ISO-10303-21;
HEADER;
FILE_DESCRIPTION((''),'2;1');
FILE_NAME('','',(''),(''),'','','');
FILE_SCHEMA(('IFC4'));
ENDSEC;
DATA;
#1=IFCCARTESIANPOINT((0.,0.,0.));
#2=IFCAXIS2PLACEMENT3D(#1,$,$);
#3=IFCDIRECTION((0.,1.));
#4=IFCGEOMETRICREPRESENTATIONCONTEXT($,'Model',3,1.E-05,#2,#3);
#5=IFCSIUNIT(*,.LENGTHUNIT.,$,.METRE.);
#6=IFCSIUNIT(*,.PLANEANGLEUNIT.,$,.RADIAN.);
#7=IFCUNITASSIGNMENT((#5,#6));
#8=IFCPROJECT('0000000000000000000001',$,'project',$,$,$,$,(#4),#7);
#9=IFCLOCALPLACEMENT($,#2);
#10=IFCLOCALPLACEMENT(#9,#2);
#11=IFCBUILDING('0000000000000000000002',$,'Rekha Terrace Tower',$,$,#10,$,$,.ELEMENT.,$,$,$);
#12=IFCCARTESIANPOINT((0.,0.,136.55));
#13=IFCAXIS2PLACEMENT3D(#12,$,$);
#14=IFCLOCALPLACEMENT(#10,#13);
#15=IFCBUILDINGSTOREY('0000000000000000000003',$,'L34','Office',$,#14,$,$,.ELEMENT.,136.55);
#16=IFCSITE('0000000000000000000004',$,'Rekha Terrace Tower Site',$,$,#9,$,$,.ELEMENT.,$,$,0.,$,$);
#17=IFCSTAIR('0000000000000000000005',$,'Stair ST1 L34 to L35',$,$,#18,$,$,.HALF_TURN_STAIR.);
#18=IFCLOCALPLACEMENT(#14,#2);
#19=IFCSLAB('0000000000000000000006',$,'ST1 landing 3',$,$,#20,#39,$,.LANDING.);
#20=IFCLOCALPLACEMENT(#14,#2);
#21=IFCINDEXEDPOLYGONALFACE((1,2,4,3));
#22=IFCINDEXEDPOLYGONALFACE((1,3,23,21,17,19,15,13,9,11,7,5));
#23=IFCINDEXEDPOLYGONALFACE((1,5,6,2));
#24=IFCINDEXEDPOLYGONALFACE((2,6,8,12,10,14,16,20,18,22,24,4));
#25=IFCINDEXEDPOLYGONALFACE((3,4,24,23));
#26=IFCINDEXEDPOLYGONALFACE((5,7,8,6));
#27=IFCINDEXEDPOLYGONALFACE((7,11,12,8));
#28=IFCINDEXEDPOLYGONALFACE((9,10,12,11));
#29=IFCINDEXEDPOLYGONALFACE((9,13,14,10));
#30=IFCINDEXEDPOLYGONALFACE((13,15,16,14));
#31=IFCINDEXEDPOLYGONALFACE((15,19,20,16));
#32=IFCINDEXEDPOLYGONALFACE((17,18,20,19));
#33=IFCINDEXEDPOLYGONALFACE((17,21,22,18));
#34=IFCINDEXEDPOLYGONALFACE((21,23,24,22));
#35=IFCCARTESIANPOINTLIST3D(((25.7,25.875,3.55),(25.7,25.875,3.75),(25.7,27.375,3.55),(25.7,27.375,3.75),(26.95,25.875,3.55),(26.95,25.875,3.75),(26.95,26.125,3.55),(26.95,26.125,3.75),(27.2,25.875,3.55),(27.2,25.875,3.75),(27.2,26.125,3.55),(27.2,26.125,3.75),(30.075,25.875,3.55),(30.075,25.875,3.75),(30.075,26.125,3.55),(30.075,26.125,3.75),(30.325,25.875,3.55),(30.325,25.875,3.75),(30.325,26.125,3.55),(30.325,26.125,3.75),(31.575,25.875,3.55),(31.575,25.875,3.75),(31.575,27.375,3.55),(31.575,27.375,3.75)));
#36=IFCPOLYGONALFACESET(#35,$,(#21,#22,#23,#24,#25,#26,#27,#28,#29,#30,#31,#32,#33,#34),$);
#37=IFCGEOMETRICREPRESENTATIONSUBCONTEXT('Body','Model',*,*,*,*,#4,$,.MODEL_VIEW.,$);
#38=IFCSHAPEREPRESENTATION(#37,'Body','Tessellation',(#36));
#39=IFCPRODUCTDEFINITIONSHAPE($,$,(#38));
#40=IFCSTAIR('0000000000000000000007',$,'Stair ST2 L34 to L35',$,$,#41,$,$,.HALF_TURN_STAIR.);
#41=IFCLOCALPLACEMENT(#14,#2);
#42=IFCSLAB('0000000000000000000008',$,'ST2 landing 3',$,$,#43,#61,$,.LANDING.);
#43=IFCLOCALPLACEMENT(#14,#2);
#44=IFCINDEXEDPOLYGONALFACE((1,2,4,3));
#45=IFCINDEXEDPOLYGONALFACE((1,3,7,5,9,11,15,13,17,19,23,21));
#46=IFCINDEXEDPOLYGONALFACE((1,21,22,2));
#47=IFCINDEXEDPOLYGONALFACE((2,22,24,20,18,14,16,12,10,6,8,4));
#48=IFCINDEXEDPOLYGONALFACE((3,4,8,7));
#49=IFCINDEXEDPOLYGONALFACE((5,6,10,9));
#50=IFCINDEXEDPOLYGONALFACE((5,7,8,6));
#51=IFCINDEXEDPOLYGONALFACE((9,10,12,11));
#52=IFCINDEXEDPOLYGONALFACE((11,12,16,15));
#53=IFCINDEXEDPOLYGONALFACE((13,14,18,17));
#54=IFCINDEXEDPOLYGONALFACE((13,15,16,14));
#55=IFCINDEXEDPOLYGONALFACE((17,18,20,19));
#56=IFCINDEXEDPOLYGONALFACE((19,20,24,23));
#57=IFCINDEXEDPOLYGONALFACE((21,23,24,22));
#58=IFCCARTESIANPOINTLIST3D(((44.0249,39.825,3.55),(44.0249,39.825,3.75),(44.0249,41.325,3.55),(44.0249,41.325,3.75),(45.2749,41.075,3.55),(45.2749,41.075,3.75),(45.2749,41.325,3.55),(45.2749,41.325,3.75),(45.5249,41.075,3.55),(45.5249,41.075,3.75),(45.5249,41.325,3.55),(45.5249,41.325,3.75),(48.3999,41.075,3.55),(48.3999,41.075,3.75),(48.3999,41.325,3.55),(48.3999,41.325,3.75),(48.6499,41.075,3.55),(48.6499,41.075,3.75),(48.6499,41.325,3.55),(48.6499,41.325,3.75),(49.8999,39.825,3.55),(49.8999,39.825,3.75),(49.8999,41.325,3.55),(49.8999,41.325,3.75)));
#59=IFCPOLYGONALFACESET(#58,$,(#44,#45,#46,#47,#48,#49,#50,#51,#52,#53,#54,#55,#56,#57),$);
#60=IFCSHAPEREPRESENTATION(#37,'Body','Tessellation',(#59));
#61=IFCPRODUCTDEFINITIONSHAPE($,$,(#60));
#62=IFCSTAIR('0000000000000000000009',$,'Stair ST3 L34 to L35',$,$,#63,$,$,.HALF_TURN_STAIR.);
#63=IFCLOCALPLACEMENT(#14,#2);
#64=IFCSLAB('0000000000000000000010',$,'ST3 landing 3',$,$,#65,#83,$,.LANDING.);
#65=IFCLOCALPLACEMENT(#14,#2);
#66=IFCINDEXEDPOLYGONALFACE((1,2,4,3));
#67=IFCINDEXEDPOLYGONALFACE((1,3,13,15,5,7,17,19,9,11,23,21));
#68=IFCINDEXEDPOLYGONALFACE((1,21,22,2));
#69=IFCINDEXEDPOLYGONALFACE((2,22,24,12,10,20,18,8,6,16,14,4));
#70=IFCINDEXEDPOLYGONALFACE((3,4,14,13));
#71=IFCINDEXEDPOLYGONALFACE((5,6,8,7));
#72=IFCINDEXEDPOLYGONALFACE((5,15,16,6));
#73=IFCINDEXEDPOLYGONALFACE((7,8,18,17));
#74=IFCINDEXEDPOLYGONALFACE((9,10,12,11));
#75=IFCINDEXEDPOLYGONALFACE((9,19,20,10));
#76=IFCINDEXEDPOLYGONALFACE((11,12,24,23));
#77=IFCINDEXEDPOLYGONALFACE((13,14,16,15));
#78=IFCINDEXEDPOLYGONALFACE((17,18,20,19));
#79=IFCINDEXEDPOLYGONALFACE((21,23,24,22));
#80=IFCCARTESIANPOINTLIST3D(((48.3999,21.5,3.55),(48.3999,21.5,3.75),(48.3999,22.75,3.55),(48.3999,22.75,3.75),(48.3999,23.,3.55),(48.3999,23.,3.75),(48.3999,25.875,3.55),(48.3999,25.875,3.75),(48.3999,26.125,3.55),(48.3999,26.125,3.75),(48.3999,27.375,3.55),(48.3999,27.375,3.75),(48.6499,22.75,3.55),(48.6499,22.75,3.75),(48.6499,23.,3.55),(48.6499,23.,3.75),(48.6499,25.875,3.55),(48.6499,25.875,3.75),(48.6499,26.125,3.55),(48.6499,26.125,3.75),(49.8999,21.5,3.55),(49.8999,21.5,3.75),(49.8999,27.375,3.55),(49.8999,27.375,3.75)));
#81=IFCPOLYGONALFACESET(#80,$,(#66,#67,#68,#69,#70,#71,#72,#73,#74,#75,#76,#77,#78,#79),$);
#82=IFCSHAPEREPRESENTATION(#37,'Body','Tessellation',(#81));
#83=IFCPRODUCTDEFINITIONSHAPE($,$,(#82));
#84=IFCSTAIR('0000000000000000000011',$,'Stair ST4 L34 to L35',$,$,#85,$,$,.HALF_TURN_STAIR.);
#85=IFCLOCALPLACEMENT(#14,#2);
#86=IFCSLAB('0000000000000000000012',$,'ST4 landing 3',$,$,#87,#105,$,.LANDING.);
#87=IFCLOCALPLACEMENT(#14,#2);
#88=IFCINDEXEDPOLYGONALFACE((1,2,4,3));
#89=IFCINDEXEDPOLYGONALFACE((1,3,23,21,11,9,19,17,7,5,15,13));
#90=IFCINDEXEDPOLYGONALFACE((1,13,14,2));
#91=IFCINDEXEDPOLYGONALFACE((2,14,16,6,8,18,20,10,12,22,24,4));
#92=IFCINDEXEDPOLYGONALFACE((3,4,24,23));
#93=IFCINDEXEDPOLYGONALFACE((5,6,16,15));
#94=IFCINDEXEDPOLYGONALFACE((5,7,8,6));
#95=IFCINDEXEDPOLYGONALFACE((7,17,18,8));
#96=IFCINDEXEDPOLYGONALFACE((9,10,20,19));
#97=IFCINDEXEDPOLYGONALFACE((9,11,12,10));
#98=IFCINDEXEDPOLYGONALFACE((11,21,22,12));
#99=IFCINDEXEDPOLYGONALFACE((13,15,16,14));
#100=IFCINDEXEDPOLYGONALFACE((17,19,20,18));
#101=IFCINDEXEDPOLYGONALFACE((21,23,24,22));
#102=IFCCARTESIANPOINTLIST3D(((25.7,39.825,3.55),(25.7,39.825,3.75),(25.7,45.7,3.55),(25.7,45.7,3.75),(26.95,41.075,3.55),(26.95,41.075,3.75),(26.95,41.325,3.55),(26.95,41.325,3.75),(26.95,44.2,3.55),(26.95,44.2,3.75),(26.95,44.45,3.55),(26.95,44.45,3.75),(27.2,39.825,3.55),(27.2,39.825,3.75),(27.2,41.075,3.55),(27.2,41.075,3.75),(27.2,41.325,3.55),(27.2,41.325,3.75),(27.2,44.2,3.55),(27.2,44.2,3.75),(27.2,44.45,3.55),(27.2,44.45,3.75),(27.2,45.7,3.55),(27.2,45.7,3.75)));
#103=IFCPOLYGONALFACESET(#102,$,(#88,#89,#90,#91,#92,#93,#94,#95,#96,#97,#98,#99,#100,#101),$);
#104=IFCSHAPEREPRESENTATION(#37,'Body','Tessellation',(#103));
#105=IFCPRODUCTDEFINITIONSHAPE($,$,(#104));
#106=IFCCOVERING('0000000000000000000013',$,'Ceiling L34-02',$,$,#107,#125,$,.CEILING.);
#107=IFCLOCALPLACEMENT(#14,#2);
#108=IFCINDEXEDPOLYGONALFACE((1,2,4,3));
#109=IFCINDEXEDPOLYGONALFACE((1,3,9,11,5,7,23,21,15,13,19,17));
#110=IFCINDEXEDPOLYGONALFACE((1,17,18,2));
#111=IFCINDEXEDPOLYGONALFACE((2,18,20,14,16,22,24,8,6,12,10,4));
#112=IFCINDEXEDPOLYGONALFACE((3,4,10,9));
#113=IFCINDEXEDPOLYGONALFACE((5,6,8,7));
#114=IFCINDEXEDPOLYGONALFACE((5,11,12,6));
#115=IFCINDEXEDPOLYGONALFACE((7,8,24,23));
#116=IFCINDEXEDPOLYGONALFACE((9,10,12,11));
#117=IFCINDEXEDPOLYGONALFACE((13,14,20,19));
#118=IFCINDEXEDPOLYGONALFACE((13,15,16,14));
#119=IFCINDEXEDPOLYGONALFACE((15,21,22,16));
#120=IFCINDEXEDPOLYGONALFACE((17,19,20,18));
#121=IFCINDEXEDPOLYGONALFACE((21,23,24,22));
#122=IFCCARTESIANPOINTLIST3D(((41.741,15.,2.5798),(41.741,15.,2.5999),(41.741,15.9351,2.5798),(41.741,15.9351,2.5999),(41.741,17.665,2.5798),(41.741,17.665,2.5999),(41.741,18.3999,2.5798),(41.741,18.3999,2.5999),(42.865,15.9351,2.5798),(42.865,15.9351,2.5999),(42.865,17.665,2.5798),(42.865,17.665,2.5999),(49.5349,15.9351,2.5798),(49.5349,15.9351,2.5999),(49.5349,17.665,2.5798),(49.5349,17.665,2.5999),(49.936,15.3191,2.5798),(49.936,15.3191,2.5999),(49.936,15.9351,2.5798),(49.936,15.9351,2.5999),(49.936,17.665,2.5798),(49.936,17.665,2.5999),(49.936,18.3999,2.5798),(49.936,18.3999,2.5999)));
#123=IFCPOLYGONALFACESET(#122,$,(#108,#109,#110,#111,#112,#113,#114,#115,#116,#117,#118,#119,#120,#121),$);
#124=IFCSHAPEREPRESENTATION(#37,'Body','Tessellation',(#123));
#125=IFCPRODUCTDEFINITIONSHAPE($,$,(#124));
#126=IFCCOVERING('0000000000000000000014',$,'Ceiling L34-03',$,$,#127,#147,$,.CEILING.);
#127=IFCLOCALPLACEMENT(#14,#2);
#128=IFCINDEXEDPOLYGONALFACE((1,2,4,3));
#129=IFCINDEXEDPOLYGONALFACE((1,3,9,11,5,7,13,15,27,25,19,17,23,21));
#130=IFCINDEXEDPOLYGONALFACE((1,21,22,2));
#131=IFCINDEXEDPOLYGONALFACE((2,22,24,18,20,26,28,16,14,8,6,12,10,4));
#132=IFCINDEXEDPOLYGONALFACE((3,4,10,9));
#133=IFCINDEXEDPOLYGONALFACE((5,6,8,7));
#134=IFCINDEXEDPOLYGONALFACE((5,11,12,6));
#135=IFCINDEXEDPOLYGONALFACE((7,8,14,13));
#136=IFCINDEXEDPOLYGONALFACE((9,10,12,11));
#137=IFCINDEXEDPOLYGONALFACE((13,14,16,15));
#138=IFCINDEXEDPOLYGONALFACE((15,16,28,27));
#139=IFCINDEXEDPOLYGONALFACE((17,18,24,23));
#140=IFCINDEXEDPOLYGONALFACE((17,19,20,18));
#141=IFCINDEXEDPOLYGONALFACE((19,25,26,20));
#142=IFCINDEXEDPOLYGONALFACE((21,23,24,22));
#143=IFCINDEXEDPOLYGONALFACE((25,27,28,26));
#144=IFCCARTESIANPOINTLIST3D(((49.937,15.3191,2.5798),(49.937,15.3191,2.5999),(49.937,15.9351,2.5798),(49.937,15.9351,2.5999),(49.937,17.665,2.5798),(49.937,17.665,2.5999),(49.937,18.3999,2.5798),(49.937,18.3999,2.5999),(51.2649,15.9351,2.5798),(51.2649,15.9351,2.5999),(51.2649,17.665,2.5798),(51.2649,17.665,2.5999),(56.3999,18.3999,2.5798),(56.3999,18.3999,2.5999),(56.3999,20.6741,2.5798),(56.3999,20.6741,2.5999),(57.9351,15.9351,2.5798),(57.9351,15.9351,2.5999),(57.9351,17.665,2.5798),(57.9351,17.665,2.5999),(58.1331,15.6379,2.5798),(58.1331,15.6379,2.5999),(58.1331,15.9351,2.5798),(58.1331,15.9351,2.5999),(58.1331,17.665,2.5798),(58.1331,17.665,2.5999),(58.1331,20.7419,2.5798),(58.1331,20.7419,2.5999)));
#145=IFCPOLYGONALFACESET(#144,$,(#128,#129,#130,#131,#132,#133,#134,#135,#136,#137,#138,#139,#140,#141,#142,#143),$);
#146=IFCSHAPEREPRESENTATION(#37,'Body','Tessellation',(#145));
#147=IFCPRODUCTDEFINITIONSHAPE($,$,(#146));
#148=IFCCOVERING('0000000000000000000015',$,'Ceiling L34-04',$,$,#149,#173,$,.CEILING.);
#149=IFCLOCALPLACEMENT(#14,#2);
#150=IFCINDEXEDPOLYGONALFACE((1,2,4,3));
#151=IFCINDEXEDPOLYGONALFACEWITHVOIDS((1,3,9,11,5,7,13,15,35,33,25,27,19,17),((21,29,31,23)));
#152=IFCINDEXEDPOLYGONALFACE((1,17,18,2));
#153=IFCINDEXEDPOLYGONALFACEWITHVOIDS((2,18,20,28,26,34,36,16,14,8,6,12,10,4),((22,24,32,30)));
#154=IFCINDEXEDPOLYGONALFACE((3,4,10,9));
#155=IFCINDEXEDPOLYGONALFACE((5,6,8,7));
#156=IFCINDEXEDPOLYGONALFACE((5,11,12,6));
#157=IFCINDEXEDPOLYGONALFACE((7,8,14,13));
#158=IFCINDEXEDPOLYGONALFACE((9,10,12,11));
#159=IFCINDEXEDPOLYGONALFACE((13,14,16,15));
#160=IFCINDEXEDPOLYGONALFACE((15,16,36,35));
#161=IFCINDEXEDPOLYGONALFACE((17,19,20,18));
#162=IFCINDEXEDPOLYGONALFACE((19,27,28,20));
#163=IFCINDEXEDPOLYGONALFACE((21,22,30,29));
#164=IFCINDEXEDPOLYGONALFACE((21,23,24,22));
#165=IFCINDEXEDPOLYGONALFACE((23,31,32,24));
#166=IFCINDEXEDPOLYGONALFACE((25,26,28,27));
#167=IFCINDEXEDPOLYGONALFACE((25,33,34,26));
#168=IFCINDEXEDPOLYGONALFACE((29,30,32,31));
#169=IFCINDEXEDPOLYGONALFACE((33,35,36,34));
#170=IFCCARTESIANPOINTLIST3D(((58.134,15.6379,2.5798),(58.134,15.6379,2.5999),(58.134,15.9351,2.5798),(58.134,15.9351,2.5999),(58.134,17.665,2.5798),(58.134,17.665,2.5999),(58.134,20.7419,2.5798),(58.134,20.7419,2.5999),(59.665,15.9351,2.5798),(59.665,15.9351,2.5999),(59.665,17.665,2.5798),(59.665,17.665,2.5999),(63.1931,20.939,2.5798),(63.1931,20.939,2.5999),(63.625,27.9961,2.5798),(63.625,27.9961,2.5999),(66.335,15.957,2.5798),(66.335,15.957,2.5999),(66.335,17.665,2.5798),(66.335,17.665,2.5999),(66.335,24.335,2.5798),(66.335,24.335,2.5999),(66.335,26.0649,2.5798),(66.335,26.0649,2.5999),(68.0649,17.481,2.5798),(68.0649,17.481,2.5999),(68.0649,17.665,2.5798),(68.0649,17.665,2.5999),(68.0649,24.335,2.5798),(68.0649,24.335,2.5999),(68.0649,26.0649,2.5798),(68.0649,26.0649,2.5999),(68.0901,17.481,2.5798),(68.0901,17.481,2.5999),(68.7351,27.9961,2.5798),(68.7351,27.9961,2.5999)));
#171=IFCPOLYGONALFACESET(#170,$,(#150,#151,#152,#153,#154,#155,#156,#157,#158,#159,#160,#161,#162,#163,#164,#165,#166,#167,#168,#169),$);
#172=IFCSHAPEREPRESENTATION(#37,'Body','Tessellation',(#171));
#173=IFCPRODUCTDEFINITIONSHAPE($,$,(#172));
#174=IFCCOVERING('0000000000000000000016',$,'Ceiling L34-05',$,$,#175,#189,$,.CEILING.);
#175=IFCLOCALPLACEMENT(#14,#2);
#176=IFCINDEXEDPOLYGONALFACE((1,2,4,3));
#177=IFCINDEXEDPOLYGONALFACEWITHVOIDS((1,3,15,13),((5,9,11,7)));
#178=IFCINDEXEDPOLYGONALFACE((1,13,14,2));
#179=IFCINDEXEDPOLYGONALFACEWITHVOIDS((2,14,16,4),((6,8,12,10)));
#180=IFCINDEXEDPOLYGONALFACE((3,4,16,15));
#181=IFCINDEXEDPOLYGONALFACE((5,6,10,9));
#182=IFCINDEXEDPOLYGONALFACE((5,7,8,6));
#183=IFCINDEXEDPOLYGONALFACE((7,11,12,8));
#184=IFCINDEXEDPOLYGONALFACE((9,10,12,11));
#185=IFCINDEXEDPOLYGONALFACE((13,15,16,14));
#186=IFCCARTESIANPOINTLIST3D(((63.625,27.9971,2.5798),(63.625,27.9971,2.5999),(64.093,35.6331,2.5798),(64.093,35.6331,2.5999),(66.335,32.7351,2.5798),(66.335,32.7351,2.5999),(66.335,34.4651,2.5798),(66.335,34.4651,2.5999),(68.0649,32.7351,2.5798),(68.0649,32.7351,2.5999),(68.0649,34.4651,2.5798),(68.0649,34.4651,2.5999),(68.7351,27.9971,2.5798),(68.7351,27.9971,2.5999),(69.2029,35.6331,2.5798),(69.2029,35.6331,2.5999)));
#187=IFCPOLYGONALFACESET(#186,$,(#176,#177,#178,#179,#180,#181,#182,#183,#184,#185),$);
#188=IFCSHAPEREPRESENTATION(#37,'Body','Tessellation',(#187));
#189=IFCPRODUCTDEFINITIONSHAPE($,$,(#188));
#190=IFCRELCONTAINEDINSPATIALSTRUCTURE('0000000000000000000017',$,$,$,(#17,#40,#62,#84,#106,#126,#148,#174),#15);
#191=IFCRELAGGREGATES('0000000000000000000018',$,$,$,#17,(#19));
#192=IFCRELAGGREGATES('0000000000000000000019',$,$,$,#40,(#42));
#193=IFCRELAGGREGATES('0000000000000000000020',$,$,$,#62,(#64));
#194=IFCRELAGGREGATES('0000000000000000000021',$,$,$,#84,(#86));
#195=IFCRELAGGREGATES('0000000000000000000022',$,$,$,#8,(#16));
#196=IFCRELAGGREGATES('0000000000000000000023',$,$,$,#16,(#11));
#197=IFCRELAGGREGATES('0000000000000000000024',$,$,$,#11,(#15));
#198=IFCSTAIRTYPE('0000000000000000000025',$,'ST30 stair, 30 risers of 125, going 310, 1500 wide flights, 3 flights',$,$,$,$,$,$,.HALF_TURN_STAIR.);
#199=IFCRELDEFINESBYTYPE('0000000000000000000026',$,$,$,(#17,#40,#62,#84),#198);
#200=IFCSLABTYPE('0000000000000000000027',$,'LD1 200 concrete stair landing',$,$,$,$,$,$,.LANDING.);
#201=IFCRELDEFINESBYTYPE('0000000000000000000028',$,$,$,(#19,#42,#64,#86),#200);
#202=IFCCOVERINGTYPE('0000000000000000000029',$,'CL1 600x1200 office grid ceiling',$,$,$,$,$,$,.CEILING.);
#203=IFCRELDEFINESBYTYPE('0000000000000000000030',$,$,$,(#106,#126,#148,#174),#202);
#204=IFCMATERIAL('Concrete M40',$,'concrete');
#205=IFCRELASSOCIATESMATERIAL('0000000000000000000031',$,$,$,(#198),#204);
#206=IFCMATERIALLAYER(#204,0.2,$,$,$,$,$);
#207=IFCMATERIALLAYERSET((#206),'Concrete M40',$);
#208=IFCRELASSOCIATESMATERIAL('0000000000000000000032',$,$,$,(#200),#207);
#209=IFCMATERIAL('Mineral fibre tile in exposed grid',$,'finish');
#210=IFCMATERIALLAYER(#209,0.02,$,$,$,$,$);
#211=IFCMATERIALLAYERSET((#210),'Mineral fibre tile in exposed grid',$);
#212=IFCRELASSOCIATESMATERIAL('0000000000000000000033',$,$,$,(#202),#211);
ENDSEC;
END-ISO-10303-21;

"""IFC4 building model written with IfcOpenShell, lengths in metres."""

from ifc_helpers import new_model, si_unit, direction, frame, origin, place, context, subcontext, project, spatial, polyline, outline, extrude, material, layer, layer_set, type_object, element, aggregate, save


model = new_model("IFC4")

# Units and contexts
model_context = context("Model", 3, precision=1e-05, world=origin(), true_north=direction((0.0, 1.0)))
body_context = subcontext(model_context, "Body", "Model", "MODEL_VIEW")
ifc_project = project(units=[si_unit("LENGTHUNIT", "METRE"), si_unit("PLANEANGLEUNIT", "RADIAN")], contexts=[model_context])

# Site, building, storey
site_placement = place(None, origin())
site = spatial("IfcSite", under=ifc_project, at=site_placement, Name="Rekha Terrace Tower Site", CompositionType="ELEMENT", RefElevation=0.0)
building_placement = place(site_placement, origin())
building = spatial("IfcBuilding", under=site, at=building_placement, Name="Rekha Terrace Tower", CompositionType="ELEMENT")
storey_placement = place(building_placement, frame((0.0, 0.0, 136.55)))
storey = spatial("IfcBuildingStorey", under=building, at=storey_placement, Name="L34", Description="Office", CompositionType="ELEMENT", Elevation=136.55)

# Stairs, slabs
ifc_material_1 = material(Name="Concrete M40", Category="concrete")
stair_type = type_object("IfcStairType", Name="ST30 stair, 30 risers of 125, going 310, 1500 wide flights, 3 flights", PredefinedType="HALF_TURN_STAIR", material=ifc_material_1)
stair_1_placement = place(storey_placement, origin())
stair_1 = element("IfcStair", 1, at=stair_1_placement, inside=storey, type_object=stair_type, Name="Stair ST1 L34 to L35", PredefinedType="HALF_TURN_STAIR")
ifc_layer_1 = layer(ifc_material_1, 0.2)
ifc_layer_set_1 = layer_set([ifc_layer_1], Name="Concrete M40")
slab_type = type_object("IfcSlabType", Name="LD1 200 concrete stair landing", PredefinedType="LANDING", material=ifc_layer_set_1)
slab_1_placement = place(storey_placement, frame((0.0, 0.0, 3.55)))
slab_1 = element("IfcSlab", 2, at=slab_1_placement, type_object=slab_type, Name="ST1 landing 3", PredefinedType="LANDING", context=body_context, shape_type="SweptSolid", body=[
    extrude(outline(polyline([(31.575, 25.875), (31.575, 27.375), (25.7, 27.375), (25.7, 25.875), (26.95, 25.875), (26.95, 26.125), (27.2, 26.125), (27.2, 25.875), (30.075, 25.875), (30.075, 26.125), (30.325, 26.125), (30.325, 25.875), (31.575, 25.875)])), origin(), (0.0, 0.0, 1.0), 0.2),
])
aggregate(stair_1, [slab_1])
stair_2_placement = place(storey_placement, origin())
stair_2 = element("IfcStair", 3, at=stair_2_placement, inside=storey, type_object=stair_type, Name="Stair ST2 L34 to L35", PredefinedType="HALF_TURN_STAIR")
slab_2_placement = place(storey_placement, frame((0.0, 0.0, 3.55)))
slab_2 = element("IfcSlab", 4, at=slab_2_placement, type_object=slab_type, Name="ST2 landing 3", PredefinedType="LANDING", context=body_context, shape_type="SweptSolid", body=[
    extrude(outline(polyline([(44.0249, 41.325), (44.0249, 39.825), (49.8999, 39.825), (49.8999, 41.325), (48.6499, 41.325), (48.6499, 41.075), (48.3999, 41.075), (48.3999, 41.325), (45.5249, 41.325), (45.5249, 41.075), (45.2749, 41.075), (45.2749, 41.325), (44.0249, 41.325)])), origin(), (0.0, 0.0, 1.0), 0.2),
])
aggregate(stair_2, [slab_2])
stair_3_placement = place(storey_placement, origin())
stair_3 = element("IfcStair", 5, at=stair_3_placement, inside=storey, type_object=stair_type, Name="Stair ST3 L34 to L35", PredefinedType="HALF_TURN_STAIR")
slab_3_placement = place(storey_placement, frame((0.0, 0.0, 3.55)))
slab_3 = element("IfcSlab", 6, at=slab_3_placement, type_object=slab_type, Name="ST3 landing 3", PredefinedType="LANDING", context=body_context, shape_type="SweptSolid", body=[
    extrude(outline(polyline([(48.3999, 21.5), (49.8999, 21.5), (49.8999, 27.375), (48.3999, 27.375), (48.3999, 26.125), (48.6499, 26.125), (48.6499, 25.875), (48.3999, 25.875), (48.3999, 23.0), (48.6499, 23.0), (48.6499, 22.75), (48.3999, 22.75), (48.3999, 21.5)])), origin(), (0.0, 0.0, 1.0), 0.2),
])
aggregate(stair_3, [slab_3])
stair_4_placement = place(storey_placement, origin())
stair_4 = element("IfcStair", 7, at=stair_4_placement, inside=storey, type_object=stair_type, Name="Stair ST4 L34 to L35", PredefinedType="HALF_TURN_STAIR")
slab_4_placement = place(storey_placement, frame((0.0, 0.0, 3.55)))
slab_4 = element("IfcSlab", 8, at=slab_4_placement, type_object=slab_type, Name="ST4 landing 3", PredefinedType="LANDING", context=body_context, shape_type="SweptSolid", body=[
    extrude(outline(polyline([(27.2, 39.825), (25.7, 39.825), (25.7, 45.7), (27.2, 45.7), (27.2, 44.45), (26.95, 44.45), (26.95, 44.2), (27.2, 44.2), (27.2, 41.325), (26.95, 41.325), (26.95, 41.075), (27.2, 41.075), (27.2, 39.825)])), origin(), (0.0, 0.0, 1.0), 0.2),
])
aggregate(stair_4, [slab_4])

# Coverings
ifc_material_2 = material(Name="Mineral fibre tile in exposed grid", Category="finish")
ifc_layer_2 = layer(ifc_material_2, 0.02)
ifc_layer_set_2 = layer_set([ifc_layer_2], Name="Mineral fibre tile in exposed grid")
covering_type_1 = type_object("IfcCoveringType", Name="CL1 600x1200 office grid ceiling", PredefinedType="CEILING", material=ifc_layer_set_2)
covering_1_placement = place(storey_placement, frame((0.0, 0.0, 2.5798)))
element("IfcCovering", 9, at=covering_1_placement, inside=storey, type_object=covering_type_1, Name="Ceiling L34-02", PredefinedType="CEILING", context=body_context, shape_type="SweptSolid", body=[
    extrude(outline(polyline([(49.936, 17.665), (49.936, 18.3999), (41.741, 18.3999), (41.741, 17.665), (42.865, 17.665), (42.865, 15.9351), (41.741, 15.9351), (41.741, 15.0), (49.936, 15.3191), (49.936, 15.9351), (49.5349, 15.9351), (49.5349, 17.665), (49.936, 17.665)])), origin(), (0.0, 0.0, 1.0), 0.02),
])
covering_2_placement = place(storey_placement, frame((0.0, 0.0, 2.5798)))
element("IfcCovering", 10, at=covering_2_placement, inside=storey, type_object=covering_type_1, Name="Ceiling L34-03", PredefinedType="CEILING", context=body_context, shape_type="SweptSolid", body=[
    extrude(outline(polyline([(56.3999, 20.6741), (56.3999, 18.3999), (49.937, 18.3999), (49.937, 17.665), (51.2649, 17.665), (51.2649, 15.9351), (49.937, 15.9351), (49.937, 15.3191), (58.1331, 15.6379), (58.1331, 15.9351), (57.9351, 15.9351), (57.9351, 17.665), (58.1331, 17.665), (58.1331, 20.7419), (56.3999, 20.6741)])), origin(), (0.0, 0.0, 1.0), 0.02),
])
covering_3_placement = place(storey_placement, frame((0.0, 0.0, 2.5798)))
element("IfcCovering", 11, at=covering_3_placement, inside=storey, type_object=covering_type_1, Name="Ceiling L34-04", PredefinedType="CEILING", context=body_context, shape_type="SweptSolid", body=[
    extrude(outline(polyline([(63.625, 27.9961), (63.1931, 20.939), (58.134, 20.7419), (58.134, 17.665), (59.665, 17.665), (59.665, 15.9351), (58.134, 15.9351), (58.134, 15.6379), (66.335, 15.957), (66.335, 17.665), (68.0649, 17.665), (68.0649, 17.481), (68.0901, 17.481), (68.7351, 27.9961), (63.625, 27.9961)]), holes=[polyline([(68.0649, 24.335), (66.335, 24.335), (66.335, 26.0649), (68.0649, 26.0649), (68.0649, 24.335)])]), origin(), (0.0, 0.0, 1.0), 0.02),
])
covering_4_placement = place(storey_placement, frame((0.0, 0.0, 2.5798)))
element("IfcCovering", 12, at=covering_4_placement, inside=storey, type_object=covering_type_1, Name="Ceiling L34-05", PredefinedType="CEILING", context=body_context, shape_type="SweptSolid", body=[
    extrude(outline(polyline([(63.625, 27.9971), (68.7351, 27.9971), (69.2029, 35.6331), (64.093, 35.6331), (63.625, 27.9971)]), holes=[polyline([(68.0649, 34.4651), (68.0649, 32.7351), (66.335, 32.7351), (66.335, 34.4651), (68.0649, 34.4651)])]), origin(), (0.0, 0.0, 1.0), 0.02),
])

save(model, "model.ifc")
